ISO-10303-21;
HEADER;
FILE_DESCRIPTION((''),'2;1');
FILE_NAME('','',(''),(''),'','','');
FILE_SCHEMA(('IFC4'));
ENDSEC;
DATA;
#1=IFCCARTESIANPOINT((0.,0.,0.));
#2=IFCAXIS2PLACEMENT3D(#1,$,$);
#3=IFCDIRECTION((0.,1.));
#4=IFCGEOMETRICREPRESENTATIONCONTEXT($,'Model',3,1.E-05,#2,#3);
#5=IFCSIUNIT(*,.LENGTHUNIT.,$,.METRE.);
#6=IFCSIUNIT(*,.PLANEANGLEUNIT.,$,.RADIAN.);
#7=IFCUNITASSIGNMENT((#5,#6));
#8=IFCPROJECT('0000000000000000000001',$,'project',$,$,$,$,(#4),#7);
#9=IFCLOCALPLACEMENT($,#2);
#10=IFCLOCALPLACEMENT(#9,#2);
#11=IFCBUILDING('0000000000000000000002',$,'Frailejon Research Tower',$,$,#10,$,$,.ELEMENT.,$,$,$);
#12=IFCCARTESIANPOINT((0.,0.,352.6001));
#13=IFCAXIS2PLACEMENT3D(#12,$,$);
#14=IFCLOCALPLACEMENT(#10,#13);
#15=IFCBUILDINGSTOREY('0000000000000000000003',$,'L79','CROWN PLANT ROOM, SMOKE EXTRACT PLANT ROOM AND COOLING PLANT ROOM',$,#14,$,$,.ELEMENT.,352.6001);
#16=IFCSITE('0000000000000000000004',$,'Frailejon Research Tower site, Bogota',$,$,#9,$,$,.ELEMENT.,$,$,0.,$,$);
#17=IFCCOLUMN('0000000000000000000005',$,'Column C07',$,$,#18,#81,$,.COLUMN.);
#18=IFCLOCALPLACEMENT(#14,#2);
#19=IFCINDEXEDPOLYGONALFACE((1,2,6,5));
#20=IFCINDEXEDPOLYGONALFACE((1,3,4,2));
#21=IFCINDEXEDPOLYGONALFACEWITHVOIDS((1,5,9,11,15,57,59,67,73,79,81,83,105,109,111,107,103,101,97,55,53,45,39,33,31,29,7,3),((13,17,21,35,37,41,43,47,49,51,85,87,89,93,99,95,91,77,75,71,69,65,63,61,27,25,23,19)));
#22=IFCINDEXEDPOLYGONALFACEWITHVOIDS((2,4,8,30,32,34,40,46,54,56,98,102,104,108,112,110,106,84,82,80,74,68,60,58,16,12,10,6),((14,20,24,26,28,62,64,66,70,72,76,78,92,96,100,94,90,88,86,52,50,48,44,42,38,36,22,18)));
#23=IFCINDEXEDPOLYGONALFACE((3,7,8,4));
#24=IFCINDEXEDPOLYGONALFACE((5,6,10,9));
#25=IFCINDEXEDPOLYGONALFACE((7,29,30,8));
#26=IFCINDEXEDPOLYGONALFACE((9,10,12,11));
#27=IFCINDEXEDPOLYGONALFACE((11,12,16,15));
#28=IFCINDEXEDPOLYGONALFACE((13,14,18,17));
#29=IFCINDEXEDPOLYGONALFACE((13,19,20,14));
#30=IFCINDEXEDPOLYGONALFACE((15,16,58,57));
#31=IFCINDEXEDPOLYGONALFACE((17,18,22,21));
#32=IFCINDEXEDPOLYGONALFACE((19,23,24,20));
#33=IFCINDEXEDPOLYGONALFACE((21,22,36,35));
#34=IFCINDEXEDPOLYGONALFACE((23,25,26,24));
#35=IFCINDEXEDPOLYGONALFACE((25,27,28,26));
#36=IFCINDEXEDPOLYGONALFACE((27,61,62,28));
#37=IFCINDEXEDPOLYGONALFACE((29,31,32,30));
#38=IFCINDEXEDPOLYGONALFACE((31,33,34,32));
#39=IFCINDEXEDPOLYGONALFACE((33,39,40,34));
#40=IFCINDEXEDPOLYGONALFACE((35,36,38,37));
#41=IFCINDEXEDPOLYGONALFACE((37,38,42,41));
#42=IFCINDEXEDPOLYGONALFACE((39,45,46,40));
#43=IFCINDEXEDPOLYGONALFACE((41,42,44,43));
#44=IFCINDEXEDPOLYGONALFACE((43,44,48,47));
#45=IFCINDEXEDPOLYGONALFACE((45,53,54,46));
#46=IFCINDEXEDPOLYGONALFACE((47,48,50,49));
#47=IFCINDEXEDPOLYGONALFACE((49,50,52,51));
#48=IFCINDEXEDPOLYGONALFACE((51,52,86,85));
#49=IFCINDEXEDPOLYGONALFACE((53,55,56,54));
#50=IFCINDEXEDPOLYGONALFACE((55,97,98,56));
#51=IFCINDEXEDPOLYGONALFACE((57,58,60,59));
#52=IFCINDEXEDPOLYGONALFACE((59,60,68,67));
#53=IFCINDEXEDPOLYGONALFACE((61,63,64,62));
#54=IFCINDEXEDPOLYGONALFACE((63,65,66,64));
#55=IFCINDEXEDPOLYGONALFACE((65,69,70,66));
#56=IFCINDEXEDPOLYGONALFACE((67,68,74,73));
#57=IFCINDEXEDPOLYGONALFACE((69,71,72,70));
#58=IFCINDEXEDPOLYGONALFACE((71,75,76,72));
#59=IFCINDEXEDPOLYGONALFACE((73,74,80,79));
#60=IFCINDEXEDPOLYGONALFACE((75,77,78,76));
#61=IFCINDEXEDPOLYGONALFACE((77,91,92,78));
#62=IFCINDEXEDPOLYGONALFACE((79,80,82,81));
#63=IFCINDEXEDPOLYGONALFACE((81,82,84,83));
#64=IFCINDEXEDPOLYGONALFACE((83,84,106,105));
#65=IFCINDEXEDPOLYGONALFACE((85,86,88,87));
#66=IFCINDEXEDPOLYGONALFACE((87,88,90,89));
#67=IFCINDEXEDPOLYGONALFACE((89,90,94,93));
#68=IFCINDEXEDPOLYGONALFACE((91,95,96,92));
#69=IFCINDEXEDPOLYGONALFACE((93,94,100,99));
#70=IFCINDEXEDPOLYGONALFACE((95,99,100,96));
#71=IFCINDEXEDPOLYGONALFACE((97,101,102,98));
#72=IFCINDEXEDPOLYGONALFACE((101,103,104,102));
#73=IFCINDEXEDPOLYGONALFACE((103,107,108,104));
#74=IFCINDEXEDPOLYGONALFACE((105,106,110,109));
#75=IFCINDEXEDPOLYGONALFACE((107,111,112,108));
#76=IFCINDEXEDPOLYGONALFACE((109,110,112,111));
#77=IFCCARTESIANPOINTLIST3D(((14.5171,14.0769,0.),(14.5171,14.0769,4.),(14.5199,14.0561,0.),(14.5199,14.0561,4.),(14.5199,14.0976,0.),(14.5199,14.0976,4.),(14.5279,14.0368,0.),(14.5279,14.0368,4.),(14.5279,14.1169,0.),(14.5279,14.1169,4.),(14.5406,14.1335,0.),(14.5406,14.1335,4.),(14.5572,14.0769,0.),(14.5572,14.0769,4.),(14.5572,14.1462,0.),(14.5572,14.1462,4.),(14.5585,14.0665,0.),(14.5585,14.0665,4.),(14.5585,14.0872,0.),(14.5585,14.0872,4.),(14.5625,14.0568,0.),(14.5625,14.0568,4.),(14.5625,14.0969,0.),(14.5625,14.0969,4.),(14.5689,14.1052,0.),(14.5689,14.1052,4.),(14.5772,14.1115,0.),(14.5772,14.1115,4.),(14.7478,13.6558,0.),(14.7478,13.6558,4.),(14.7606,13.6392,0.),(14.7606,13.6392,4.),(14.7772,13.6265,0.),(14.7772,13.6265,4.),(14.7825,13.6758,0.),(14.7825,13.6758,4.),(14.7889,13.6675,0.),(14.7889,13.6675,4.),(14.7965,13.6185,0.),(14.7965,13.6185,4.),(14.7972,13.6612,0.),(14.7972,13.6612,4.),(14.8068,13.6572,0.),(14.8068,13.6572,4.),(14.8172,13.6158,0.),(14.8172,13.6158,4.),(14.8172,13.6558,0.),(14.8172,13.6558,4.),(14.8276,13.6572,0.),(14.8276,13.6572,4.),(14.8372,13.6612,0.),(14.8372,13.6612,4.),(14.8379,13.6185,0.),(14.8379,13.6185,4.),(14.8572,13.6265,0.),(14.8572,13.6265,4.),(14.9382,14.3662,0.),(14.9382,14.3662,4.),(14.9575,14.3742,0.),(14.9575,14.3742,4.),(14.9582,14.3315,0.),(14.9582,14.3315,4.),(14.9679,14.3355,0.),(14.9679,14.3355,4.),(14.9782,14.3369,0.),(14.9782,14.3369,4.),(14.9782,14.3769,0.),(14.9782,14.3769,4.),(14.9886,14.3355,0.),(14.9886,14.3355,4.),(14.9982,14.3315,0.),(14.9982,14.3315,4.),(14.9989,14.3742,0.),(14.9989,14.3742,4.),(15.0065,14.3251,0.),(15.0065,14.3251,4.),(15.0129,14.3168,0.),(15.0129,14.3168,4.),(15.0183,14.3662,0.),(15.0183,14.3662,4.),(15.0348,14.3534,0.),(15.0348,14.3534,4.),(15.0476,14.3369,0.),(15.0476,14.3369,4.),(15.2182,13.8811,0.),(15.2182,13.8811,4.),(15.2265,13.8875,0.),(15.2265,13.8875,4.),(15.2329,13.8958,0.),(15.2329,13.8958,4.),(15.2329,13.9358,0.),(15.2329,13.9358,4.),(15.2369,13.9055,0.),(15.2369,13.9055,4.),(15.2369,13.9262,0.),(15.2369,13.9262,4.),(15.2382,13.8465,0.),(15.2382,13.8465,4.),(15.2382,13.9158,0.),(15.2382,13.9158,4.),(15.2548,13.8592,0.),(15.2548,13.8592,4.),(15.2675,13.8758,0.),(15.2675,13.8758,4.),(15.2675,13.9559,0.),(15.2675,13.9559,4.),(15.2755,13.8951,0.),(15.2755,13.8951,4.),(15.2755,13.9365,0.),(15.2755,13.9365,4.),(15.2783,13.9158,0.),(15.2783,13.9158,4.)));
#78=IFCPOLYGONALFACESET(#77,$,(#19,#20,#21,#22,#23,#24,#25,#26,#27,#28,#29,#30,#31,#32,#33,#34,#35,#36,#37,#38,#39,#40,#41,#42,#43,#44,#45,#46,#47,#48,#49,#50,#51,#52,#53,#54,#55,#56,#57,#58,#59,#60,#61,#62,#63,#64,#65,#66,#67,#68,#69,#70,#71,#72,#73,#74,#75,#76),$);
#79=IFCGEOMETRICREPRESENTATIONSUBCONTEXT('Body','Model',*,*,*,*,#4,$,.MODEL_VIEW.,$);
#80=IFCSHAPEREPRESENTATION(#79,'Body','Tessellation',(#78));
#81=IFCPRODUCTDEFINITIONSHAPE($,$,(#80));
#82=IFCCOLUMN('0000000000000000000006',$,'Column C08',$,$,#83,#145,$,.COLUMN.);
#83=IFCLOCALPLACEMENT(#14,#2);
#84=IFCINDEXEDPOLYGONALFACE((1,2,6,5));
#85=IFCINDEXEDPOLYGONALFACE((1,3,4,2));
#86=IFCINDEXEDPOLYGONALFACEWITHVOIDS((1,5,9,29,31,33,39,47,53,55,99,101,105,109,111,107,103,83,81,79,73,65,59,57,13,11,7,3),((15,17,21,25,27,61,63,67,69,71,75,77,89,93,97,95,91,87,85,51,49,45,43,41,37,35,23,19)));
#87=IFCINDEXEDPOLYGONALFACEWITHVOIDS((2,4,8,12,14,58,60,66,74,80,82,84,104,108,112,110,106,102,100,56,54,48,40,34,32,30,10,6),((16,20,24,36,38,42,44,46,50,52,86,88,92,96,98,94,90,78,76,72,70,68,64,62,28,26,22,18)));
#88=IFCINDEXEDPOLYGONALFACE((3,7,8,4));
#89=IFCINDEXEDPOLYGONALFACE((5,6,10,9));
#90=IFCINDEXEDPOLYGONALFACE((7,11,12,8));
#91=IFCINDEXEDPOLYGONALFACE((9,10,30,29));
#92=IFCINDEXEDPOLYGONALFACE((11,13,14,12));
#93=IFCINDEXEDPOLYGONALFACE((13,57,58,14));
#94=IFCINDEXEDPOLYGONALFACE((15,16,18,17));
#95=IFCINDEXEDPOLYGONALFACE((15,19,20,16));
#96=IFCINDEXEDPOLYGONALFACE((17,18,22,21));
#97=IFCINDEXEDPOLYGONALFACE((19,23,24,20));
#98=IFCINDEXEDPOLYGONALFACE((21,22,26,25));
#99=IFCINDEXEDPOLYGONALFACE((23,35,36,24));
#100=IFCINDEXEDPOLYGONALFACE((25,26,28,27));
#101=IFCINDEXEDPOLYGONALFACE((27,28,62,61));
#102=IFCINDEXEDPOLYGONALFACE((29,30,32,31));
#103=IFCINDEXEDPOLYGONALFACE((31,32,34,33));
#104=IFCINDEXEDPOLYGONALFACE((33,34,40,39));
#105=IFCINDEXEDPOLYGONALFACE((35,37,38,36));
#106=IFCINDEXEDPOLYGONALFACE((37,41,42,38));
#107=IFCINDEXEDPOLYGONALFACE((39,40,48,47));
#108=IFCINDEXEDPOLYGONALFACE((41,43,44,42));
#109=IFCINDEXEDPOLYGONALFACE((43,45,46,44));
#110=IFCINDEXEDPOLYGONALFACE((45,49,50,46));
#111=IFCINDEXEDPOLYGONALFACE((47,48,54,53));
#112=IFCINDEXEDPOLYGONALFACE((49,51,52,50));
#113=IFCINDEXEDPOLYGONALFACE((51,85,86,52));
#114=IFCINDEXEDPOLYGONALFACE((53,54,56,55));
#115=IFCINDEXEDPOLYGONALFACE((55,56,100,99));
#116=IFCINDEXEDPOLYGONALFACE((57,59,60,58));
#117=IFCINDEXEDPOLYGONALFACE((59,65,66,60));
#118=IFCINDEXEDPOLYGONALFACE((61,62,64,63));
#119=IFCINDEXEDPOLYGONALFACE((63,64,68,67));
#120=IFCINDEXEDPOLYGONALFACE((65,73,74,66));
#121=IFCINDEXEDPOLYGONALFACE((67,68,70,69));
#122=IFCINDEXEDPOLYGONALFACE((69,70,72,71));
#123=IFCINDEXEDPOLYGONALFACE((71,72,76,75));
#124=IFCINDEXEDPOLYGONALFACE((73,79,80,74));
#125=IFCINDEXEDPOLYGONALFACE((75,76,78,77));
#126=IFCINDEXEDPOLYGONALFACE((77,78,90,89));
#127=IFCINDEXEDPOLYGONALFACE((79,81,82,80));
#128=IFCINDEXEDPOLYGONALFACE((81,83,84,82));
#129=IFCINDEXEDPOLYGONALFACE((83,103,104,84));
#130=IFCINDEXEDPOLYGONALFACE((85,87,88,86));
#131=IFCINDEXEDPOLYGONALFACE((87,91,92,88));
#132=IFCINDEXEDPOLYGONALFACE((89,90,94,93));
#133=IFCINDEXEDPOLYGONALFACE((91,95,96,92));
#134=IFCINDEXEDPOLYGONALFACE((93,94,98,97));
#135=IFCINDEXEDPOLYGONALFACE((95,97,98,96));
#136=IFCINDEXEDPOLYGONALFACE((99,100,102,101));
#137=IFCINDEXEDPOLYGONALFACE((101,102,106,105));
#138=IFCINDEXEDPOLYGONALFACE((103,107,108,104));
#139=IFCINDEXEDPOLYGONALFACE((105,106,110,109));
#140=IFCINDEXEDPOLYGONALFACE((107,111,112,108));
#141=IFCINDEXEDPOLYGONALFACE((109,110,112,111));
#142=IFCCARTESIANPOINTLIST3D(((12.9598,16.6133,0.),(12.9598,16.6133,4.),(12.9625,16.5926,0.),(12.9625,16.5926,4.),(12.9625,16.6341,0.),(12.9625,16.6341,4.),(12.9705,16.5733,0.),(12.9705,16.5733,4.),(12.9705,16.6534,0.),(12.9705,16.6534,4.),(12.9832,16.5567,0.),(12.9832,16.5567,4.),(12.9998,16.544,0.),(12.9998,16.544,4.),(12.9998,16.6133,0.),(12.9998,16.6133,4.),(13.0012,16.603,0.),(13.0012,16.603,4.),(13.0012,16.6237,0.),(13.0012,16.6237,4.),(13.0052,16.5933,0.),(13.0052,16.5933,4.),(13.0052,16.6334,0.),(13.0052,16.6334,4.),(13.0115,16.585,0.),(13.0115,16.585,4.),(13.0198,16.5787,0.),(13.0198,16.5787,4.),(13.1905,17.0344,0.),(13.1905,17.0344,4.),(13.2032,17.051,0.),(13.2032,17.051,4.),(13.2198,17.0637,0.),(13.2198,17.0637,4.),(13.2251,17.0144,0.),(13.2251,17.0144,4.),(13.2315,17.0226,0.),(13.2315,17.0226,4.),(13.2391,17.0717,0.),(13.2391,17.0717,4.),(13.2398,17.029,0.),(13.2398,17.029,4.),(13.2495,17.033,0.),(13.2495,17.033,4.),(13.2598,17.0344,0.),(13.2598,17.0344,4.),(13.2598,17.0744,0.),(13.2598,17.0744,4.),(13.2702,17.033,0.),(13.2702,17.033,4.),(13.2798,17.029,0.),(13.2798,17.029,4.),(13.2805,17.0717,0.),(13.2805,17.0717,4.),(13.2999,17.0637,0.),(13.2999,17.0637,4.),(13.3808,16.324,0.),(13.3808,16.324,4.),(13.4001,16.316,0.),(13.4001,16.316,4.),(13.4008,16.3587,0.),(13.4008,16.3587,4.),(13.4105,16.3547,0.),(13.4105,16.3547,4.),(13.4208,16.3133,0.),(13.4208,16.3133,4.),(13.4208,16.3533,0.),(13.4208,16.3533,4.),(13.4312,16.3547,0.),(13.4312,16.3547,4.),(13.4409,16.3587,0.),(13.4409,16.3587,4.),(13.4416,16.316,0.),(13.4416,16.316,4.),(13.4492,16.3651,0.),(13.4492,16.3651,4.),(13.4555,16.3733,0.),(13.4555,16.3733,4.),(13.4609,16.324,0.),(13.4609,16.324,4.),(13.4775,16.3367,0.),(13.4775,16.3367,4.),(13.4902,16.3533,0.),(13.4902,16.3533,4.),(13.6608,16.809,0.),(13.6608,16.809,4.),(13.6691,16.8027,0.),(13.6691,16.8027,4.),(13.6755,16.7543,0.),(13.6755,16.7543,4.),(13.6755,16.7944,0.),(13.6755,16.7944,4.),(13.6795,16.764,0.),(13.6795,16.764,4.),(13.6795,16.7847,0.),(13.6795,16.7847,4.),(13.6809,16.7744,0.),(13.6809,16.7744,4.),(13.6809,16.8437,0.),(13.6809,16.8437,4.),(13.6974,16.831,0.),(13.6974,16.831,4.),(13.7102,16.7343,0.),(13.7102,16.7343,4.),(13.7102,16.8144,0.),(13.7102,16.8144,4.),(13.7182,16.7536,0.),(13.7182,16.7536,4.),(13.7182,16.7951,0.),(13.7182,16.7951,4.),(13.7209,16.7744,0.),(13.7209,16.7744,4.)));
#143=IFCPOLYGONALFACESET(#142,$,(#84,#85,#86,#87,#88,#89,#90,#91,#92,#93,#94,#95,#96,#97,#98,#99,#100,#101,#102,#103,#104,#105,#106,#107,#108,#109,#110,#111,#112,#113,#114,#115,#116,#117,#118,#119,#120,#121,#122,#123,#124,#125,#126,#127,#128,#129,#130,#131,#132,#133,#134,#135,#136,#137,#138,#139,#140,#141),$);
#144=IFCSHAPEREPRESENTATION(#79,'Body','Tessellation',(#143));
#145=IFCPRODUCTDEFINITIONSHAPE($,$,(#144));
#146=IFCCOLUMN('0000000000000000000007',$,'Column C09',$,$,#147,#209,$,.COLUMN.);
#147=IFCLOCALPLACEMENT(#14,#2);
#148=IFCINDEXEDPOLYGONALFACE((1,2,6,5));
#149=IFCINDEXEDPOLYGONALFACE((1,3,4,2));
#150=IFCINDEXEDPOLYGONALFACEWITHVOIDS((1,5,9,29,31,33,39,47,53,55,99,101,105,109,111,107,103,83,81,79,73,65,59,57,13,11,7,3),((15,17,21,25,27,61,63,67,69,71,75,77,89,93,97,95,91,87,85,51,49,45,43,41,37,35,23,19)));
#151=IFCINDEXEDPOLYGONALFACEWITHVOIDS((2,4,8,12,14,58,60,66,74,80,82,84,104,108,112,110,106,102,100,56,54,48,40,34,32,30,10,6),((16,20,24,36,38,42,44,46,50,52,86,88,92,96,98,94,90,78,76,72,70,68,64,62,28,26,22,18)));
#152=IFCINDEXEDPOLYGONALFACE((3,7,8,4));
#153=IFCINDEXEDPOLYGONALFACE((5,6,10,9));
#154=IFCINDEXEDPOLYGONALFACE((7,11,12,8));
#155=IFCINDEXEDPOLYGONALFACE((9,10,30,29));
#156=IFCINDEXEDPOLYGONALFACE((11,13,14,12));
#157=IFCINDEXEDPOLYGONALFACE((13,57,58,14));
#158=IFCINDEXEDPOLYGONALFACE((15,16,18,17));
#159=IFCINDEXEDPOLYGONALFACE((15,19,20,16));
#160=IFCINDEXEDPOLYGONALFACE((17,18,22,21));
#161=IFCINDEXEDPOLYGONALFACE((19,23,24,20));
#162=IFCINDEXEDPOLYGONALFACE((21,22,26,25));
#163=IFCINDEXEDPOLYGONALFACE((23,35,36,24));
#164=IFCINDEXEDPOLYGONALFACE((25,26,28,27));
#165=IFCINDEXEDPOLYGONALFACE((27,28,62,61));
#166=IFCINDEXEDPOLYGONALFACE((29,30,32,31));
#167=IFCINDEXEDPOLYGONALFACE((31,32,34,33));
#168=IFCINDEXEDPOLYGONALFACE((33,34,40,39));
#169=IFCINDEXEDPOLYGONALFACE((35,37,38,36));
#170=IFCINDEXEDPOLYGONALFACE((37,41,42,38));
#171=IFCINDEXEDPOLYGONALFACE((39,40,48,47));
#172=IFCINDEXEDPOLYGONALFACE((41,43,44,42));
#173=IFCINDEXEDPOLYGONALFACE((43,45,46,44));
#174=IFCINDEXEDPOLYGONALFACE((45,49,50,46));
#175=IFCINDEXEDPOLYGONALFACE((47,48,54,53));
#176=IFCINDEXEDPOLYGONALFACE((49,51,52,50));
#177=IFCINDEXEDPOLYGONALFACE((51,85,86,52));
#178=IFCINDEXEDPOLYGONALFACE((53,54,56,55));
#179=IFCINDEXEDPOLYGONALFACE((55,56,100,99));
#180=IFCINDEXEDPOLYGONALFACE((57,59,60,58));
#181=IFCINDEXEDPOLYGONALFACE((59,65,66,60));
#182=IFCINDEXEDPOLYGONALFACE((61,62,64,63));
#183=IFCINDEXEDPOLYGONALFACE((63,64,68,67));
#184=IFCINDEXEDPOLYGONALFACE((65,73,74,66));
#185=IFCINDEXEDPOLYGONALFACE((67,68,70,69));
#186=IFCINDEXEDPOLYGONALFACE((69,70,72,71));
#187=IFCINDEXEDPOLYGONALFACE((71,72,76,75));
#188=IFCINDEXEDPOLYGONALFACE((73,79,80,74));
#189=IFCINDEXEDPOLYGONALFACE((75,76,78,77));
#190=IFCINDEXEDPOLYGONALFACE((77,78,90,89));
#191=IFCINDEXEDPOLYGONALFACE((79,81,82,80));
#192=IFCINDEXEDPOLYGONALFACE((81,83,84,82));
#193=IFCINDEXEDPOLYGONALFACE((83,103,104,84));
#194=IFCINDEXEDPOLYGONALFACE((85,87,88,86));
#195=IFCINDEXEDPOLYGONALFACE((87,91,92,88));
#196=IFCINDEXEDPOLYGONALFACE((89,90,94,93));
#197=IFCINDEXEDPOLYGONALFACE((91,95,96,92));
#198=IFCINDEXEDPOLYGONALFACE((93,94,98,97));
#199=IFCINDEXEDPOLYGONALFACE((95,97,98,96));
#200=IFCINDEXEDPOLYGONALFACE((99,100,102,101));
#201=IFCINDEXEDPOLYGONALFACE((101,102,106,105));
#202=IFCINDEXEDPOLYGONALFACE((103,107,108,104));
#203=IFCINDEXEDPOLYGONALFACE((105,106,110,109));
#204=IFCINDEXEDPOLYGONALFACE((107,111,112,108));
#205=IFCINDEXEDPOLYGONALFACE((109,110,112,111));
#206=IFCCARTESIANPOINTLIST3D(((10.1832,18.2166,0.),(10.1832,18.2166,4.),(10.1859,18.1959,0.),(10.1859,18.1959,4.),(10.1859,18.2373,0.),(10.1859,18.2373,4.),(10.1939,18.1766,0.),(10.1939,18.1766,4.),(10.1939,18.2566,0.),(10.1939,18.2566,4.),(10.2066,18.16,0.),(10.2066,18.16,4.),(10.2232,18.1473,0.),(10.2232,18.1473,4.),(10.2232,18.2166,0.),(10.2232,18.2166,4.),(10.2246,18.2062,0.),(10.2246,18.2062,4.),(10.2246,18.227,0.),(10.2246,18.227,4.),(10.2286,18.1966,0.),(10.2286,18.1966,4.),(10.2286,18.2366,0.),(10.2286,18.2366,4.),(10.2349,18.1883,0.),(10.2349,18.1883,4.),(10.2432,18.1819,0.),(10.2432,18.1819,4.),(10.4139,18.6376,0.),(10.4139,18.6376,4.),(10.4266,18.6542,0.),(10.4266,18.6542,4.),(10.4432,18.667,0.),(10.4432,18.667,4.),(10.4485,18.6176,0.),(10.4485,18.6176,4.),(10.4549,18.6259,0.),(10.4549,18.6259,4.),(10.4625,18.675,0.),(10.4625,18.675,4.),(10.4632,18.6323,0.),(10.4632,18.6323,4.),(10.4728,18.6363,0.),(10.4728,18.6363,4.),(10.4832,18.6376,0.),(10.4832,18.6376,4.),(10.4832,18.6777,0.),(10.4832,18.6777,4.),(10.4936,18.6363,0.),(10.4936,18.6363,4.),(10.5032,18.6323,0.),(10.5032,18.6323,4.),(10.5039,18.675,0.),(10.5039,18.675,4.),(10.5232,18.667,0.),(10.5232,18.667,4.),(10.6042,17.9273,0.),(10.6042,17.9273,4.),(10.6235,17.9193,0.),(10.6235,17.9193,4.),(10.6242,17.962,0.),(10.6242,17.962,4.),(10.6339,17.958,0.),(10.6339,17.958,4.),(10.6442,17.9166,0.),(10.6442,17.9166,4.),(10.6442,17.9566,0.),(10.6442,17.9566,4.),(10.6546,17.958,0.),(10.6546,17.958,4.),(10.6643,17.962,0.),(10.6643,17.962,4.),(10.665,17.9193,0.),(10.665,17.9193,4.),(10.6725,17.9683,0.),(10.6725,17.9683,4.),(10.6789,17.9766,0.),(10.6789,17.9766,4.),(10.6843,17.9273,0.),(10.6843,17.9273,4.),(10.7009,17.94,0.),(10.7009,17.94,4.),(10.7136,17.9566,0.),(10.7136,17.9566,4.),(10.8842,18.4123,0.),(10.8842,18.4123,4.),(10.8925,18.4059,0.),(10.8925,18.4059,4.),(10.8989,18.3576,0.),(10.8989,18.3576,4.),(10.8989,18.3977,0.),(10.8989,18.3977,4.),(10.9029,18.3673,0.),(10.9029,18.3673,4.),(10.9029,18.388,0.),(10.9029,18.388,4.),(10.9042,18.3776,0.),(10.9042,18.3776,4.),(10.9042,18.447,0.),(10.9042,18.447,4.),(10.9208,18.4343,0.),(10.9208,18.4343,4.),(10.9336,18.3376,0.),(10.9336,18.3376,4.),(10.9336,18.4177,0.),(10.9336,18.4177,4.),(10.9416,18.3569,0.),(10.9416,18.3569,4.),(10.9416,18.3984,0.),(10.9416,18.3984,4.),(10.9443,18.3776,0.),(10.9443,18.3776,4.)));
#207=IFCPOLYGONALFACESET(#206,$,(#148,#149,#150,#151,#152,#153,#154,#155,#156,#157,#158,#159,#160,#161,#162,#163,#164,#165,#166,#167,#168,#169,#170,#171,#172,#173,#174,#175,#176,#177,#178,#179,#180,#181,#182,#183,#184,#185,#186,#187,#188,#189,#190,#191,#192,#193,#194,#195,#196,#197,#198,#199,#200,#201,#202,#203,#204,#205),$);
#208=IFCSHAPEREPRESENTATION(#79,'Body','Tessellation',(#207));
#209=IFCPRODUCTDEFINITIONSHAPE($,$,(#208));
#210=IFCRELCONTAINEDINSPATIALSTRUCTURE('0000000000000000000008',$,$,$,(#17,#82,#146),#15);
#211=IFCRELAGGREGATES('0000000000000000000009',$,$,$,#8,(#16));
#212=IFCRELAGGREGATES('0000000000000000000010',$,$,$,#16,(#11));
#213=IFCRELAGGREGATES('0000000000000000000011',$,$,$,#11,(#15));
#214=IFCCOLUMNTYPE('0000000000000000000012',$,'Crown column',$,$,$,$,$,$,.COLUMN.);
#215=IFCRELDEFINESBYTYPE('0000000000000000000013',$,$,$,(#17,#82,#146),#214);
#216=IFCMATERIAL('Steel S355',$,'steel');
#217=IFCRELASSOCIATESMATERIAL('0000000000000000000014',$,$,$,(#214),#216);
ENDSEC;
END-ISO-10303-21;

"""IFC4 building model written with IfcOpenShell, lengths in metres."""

from ifc_helpers import new_model, si_unit, direction, frame, origin, origin_2d, place, context, subcontext, project, spatial, hollow_rectangle, extrude, material, material_profile, profile_set, type_object, element, save


model = new_model("IFC4")

# Units and contexts
model_context = context("Model", 3, precision=1e-05, world=origin(), true_north=direction((0.0, 1.0)))
body_context = subcontext(model_context, "Body", "Model", "MODEL_VIEW")
ifc_project = project(units=[si_unit("LENGTHUNIT", "METRE"), si_unit("PLANEANGLEUNIT", "RADIAN")], contexts=[model_context])

# Site, building, storey
site_placement = place(None, origin())
site = spatial("IfcSite", under=ifc_project, at=site_placement, Name="Frailejon Research Tower site, Bogota", CompositionType="ELEMENT", RefElevation=0.0)
building_placement = place(site_placement, origin())
building = spatial("IfcBuilding", under=site, at=building_placement, Name="Frailejon Research Tower", CompositionType="ELEMENT")
storey_placement = place(building_placement, frame((0.0, 0.0, 352.6001)))
storey = spatial("IfcBuildingStorey", under=building, at=storey_placement, Name="L79", Description="CROWN PLANT ROOM, SMOKE EXTRACT PLANT ROOM AND COOLING PLANT ROOM", CompositionType="ELEMENT", Elevation=352.6001)

# Columns
ifc_material_1 = material(Name="Steel S355", Category="steel")
ifc_material_profile_1 = material_profile(ifc_material_1, hollow_rectangle(XDim=0.6001, YDim=0.6001, WallThickness=0.04, InnerFilletRadius=0.04, OuterFilletRadius=0.0801, at=origin_2d()), Name="Crown column")
ifc_profile_set_1 = profile_set([ifc_material_profile_1], Name="Steel S355")
column_type = type_object("IfcColumnType", Name="Crown column", PredefinedType="COLUMN", material=ifc_profile_set_1)
for number, where, z_axis, x_axis, name in (
    (1, (14.8977, 13.9963, 0.0), (0.0, 0.0, 1.0), (-0.5, 0.866025, 0.0), "Column C07"),
    (2, (13.3403, 16.6938, 0.0), (0.0, 0.0, 1.0), (-0.866025, 0.5, 0.0), "Column C08"),
    (3, (10.5637, 18.2971, 0.0), (0.0, 0.0, 1.0), (-0.866025, 0.5, 0.0), "Column C09"),
):
    element("IfcColumn", number, at=place(storey_placement, frame(where, z_axis=z_axis, x_axis=x_axis)), inside=storey, type_object=column_type, Name=name, PredefinedType="COLUMN", context=body_context, shape_type="SweptSolid", body=[
        extrude(hollow_rectangle(XDim=0.6001, YDim=0.6001, WallThickness=0.04, InnerFilletRadius=0.04, OuterFilletRadius=0.0801, at=origin_2d()), origin(), (0.0, 0.0, 1.0), 4.0),
    ])

save(model, "model.ifc")
